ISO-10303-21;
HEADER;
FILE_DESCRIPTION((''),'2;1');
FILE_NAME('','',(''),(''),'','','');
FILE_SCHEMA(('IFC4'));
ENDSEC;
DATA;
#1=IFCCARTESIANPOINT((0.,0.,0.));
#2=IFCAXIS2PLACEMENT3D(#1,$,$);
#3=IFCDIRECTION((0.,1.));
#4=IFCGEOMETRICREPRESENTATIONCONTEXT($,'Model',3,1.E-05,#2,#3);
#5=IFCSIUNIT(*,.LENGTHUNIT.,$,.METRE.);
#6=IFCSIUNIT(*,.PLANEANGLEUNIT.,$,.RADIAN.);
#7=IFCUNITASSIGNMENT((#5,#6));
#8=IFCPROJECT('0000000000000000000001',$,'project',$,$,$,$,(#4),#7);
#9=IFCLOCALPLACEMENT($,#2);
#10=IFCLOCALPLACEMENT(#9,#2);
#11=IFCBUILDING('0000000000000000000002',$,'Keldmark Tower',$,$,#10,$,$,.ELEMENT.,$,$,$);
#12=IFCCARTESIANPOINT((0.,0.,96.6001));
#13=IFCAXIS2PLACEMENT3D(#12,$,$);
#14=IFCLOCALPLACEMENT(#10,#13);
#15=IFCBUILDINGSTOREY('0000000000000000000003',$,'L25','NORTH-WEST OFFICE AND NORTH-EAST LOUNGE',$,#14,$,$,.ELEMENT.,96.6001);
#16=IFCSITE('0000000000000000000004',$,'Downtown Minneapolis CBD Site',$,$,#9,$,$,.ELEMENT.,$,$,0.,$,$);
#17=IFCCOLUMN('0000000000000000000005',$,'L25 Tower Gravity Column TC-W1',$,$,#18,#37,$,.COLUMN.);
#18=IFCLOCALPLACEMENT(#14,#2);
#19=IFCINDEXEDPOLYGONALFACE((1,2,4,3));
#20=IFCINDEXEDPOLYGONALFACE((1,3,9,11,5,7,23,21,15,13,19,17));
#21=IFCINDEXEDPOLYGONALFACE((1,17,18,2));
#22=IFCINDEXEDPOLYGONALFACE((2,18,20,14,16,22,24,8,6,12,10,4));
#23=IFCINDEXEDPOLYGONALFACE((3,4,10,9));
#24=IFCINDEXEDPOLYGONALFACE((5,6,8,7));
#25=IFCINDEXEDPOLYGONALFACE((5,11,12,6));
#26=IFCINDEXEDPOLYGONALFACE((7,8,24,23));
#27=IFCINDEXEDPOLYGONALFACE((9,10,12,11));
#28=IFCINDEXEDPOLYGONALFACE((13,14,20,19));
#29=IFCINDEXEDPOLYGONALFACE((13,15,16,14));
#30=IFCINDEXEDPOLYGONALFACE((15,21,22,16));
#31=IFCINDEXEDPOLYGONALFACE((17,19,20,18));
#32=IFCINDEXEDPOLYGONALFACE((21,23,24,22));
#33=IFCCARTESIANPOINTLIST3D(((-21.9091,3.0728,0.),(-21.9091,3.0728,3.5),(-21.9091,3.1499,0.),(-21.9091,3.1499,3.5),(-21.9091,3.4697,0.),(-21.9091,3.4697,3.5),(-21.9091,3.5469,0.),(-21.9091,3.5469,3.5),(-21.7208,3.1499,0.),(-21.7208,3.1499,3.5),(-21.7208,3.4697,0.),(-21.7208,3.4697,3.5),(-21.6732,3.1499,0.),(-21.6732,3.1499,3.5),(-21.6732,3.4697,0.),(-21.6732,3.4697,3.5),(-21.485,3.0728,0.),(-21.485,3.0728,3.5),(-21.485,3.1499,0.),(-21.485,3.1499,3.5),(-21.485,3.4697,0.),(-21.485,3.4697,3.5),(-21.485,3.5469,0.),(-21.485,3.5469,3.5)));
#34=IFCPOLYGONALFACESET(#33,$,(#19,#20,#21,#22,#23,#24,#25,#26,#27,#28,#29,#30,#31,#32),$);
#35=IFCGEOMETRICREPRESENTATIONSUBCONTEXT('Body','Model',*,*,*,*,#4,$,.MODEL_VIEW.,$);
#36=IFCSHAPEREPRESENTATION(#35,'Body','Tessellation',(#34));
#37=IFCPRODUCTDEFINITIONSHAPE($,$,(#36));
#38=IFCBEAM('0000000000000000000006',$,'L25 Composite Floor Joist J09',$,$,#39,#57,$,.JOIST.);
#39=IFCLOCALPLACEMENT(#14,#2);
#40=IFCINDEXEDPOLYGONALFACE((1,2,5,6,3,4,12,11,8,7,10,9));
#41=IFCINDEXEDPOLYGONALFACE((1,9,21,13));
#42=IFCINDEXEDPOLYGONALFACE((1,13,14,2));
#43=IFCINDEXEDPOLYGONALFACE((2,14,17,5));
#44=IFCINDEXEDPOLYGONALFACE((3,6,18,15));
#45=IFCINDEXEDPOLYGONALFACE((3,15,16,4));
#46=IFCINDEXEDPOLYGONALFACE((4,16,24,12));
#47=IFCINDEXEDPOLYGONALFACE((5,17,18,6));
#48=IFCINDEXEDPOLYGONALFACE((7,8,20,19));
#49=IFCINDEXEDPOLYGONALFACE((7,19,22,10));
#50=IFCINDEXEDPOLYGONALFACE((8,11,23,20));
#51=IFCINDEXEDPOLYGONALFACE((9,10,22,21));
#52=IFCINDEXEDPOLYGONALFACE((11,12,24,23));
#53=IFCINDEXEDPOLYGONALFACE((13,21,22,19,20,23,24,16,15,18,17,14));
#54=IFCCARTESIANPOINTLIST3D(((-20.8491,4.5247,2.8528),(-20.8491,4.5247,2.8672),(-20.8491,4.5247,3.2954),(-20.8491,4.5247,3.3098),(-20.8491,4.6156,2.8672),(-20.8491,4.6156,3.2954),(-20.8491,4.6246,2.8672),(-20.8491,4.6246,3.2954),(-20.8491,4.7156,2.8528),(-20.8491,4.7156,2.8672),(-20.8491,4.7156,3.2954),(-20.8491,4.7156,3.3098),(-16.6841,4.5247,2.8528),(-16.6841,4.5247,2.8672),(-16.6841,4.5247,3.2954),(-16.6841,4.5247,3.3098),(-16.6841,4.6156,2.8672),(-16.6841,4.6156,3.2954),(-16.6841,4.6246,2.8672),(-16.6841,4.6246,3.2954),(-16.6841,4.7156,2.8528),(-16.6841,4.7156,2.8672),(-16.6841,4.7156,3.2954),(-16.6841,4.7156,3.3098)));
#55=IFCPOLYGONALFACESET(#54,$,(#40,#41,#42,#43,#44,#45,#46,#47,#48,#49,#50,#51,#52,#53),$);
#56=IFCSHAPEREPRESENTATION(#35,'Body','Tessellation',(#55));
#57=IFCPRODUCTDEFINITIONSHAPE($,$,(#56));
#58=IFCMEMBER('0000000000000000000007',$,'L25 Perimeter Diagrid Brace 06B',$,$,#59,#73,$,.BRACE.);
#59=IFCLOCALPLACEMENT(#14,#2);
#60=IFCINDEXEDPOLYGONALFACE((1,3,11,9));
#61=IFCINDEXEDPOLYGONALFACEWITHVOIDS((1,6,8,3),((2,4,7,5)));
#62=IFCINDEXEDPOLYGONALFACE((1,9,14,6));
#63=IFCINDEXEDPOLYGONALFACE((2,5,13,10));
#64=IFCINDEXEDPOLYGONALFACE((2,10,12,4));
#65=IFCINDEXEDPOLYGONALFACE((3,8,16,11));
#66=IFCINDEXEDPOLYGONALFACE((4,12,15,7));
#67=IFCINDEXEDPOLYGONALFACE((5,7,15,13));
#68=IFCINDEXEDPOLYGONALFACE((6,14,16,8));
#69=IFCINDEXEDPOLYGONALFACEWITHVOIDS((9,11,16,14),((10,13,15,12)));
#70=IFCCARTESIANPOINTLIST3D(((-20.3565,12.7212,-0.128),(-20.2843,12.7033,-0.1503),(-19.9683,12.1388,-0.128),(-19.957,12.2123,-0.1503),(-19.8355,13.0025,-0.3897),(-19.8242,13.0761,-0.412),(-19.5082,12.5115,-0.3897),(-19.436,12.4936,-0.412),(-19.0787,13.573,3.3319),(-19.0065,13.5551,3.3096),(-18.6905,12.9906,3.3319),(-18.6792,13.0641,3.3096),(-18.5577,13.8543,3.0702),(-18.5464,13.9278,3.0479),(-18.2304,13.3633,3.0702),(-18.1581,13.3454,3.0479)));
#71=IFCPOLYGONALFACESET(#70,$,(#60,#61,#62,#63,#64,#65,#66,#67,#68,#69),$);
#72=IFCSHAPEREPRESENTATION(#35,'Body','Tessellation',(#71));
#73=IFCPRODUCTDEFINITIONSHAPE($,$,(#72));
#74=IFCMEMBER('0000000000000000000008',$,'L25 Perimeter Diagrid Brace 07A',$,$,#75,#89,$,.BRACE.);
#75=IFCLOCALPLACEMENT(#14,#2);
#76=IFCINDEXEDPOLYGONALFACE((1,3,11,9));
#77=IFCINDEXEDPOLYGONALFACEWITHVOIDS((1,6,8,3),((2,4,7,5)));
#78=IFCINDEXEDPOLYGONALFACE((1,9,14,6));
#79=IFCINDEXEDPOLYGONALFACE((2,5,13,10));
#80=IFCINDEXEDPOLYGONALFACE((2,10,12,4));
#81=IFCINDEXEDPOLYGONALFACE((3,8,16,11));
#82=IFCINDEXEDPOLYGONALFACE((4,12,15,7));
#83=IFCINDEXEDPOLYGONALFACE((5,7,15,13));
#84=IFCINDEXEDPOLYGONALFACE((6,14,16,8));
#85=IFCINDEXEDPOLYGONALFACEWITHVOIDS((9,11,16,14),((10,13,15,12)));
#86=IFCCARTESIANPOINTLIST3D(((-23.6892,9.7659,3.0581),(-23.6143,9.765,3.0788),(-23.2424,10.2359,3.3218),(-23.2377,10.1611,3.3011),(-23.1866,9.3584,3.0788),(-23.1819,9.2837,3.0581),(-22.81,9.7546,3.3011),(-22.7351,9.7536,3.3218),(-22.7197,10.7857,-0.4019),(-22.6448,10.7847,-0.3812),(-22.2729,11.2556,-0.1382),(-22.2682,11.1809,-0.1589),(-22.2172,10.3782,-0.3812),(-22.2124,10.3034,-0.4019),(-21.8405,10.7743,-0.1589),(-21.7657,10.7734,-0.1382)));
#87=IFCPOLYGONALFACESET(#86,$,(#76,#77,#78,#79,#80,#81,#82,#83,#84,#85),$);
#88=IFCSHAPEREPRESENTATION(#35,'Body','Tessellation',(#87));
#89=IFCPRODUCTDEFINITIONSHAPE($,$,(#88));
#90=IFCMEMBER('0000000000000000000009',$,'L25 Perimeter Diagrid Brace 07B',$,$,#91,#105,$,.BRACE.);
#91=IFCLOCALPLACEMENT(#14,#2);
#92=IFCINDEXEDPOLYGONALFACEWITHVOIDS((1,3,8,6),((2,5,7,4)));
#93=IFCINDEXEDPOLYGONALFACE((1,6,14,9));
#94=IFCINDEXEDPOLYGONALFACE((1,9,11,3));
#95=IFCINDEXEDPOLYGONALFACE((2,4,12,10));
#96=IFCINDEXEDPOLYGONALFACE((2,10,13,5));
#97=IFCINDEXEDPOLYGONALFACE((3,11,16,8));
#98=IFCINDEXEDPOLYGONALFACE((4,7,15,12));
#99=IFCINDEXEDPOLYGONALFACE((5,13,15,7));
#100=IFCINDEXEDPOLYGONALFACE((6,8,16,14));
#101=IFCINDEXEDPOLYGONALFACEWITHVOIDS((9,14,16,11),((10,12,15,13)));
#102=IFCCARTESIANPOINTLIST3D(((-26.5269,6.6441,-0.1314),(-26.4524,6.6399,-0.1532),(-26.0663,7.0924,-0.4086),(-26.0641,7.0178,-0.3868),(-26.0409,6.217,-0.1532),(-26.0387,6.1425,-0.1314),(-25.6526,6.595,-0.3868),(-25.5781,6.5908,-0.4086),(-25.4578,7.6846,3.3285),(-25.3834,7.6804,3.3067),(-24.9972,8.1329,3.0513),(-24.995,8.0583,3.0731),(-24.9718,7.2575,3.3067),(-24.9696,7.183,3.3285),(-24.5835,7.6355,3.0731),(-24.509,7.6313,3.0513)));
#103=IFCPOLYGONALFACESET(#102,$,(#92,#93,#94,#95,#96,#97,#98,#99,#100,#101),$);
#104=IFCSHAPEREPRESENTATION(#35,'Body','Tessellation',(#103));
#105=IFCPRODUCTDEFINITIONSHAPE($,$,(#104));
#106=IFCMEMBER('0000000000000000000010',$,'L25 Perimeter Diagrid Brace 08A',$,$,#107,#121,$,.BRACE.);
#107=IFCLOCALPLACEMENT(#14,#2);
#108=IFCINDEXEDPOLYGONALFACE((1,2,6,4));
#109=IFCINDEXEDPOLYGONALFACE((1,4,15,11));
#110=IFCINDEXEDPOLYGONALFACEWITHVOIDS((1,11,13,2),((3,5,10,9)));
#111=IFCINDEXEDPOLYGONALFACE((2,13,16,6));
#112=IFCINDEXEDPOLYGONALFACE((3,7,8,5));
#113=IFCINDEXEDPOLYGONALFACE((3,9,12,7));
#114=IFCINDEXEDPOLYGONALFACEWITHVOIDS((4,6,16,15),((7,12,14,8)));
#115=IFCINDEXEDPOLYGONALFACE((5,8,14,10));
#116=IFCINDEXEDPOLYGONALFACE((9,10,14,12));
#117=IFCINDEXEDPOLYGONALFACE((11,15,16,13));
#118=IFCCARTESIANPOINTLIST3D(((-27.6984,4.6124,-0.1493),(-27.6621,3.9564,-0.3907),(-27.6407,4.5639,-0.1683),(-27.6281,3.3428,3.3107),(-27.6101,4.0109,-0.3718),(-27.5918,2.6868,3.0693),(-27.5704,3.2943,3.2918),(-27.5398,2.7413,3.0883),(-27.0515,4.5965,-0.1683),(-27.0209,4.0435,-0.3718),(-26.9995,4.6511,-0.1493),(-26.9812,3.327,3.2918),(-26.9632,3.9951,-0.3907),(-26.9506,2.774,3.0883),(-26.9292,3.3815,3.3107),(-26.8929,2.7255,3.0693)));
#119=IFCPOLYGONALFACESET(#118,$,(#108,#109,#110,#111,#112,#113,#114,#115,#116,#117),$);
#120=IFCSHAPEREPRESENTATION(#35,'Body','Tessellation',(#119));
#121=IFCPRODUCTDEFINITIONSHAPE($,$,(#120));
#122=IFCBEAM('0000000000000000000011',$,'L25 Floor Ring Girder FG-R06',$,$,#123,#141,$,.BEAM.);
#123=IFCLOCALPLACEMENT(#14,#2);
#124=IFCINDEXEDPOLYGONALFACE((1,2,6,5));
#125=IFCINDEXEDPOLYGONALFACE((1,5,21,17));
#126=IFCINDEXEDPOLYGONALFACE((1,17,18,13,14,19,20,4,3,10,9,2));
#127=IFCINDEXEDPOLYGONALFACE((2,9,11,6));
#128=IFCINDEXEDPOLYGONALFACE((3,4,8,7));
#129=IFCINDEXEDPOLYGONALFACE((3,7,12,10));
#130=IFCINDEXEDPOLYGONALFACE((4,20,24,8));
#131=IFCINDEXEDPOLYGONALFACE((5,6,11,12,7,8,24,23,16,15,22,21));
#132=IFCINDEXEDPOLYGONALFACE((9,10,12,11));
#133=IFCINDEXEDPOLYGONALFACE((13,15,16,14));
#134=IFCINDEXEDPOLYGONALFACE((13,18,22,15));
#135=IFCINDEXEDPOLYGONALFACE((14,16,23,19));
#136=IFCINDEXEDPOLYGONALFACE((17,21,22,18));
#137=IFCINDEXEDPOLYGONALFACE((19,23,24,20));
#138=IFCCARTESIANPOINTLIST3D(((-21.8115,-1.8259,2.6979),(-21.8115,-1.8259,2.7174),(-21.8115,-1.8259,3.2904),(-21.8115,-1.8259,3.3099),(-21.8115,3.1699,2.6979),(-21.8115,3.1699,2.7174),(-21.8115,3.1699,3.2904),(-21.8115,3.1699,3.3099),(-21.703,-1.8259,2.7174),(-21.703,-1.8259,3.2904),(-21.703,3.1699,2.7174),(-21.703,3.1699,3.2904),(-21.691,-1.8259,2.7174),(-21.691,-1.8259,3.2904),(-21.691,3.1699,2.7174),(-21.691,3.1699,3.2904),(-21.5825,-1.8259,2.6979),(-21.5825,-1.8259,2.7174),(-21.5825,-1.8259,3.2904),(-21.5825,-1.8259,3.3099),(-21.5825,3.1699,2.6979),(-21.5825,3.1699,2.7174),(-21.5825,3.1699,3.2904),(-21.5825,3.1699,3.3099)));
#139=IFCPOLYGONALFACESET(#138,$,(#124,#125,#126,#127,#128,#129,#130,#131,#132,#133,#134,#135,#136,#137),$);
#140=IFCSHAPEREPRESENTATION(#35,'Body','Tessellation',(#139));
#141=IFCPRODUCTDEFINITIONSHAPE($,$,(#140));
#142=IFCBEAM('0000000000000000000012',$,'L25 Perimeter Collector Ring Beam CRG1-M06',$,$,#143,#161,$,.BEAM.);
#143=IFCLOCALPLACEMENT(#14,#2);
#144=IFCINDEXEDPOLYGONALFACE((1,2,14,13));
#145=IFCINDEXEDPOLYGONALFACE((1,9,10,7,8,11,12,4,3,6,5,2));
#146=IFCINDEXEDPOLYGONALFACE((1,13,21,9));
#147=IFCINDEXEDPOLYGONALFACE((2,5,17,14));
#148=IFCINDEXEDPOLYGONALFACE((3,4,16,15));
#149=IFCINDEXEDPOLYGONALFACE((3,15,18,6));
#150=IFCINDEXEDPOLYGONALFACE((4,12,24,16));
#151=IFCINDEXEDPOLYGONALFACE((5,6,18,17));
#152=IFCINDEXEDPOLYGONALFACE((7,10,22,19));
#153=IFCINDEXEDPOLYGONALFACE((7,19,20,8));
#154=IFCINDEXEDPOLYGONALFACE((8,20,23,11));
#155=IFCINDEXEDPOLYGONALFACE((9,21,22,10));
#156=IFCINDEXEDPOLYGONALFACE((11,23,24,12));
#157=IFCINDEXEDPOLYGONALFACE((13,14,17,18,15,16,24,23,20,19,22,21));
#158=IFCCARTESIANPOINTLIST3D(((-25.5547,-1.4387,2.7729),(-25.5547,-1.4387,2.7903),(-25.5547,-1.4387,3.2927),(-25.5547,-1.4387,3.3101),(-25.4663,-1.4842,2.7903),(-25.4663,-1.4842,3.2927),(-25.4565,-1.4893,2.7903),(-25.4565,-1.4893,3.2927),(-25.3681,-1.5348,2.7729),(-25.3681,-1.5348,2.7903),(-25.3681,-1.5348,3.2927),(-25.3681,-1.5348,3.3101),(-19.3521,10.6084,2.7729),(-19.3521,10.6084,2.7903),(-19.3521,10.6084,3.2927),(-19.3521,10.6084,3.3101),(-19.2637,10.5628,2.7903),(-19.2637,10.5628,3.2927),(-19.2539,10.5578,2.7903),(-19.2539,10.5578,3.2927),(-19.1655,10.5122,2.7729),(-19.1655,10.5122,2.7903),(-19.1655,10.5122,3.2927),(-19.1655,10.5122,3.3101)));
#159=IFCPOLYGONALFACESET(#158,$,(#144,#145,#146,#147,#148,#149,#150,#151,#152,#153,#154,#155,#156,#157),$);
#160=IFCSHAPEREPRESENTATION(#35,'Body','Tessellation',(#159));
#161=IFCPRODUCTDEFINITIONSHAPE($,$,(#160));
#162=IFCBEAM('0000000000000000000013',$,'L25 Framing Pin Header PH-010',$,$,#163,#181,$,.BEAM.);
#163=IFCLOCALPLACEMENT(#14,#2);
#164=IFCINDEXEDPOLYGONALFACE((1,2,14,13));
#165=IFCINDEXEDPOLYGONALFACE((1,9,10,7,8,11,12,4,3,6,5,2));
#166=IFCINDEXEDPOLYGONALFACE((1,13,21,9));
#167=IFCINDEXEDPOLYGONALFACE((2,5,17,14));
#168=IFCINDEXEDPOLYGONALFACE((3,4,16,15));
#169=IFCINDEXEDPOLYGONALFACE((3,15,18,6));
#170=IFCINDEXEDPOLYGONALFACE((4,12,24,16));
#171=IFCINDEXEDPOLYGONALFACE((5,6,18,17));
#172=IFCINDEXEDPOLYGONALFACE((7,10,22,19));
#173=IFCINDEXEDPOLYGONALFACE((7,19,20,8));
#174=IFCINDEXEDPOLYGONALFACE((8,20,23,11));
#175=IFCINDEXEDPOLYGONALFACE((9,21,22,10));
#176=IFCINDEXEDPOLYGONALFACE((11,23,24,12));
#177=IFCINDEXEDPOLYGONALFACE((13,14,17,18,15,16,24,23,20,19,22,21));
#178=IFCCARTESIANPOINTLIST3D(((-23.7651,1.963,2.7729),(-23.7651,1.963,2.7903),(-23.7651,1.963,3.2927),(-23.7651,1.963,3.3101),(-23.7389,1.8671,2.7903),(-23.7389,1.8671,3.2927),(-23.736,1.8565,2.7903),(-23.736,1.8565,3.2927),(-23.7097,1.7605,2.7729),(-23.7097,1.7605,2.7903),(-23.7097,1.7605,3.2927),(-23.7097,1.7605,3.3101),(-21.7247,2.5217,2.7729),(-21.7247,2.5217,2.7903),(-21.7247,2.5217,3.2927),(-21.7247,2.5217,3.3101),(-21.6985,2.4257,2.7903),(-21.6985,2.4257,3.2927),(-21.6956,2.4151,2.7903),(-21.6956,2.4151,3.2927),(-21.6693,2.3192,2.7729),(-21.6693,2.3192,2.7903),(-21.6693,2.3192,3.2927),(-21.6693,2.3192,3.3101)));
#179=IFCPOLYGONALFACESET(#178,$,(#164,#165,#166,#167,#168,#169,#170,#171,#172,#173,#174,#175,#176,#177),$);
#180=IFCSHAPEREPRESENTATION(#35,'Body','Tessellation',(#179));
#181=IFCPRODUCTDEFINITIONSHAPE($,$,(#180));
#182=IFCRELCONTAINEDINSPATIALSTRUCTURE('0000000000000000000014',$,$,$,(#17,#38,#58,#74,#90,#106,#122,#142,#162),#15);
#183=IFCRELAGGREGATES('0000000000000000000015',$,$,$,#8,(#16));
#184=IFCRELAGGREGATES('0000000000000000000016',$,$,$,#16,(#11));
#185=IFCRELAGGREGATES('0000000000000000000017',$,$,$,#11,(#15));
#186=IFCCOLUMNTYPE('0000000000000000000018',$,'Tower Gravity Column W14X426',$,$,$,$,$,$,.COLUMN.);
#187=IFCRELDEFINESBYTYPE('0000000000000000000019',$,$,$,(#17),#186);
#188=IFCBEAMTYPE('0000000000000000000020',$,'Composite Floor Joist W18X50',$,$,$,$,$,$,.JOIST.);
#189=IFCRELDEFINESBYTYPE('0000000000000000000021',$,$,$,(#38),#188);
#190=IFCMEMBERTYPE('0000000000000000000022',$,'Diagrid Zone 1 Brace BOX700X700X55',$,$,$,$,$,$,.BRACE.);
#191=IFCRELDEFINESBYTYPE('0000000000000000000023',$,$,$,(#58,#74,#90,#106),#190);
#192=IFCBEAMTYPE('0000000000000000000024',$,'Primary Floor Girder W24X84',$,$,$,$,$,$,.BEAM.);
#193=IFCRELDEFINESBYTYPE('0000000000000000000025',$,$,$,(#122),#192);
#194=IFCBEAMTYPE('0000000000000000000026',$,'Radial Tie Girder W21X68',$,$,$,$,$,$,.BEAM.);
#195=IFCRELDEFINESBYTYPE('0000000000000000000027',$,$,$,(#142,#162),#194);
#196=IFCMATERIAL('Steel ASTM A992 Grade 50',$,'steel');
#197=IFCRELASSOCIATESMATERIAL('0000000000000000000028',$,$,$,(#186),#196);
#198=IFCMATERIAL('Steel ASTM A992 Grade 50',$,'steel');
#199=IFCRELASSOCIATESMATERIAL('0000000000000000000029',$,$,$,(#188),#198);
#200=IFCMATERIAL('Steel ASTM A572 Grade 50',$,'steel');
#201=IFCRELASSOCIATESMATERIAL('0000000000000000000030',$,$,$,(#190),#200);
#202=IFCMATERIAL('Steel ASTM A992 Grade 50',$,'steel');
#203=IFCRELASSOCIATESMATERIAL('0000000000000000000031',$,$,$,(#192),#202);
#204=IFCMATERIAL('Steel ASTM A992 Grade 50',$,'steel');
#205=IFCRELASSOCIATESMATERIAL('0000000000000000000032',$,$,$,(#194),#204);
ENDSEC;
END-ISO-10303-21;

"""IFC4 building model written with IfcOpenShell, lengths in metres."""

from ifc_helpers import new_model, si_unit, direction, frame, origin, origin_2d, place, context, subcontext, project, spatial, hollow_rectangle, i_section, extrude, material, material_profile, profile_set, type_object, element, save


model = new_model("IFC4")

# Units and contexts
model_context = context("Model", 3, precision=1e-05, world=origin(), true_north=direction((0.0, 1.0)))
body_context = subcontext(model_context, "Body", "Model", "MODEL_VIEW")
ifc_project = project(units=[si_unit("LENGTHUNIT", "METRE"), si_unit("PLANEANGLEUNIT", "RADIAN")], contexts=[model_context])

# Site, building, storey
site_placement = place(None, origin())
site = spatial("IfcSite", under=ifc_project, at=site_placement, Name="Downtown Minneapolis CBD Site", CompositionType="ELEMENT", RefElevation=0.0)
building_placement = place(site_placement, origin())
building = spatial("IfcBuilding", under=site, at=building_placement, Name="Keldmark Tower", CompositionType="ELEMENT")
storey_placement = place(building_placement, frame((0.0, 0.0, 96.6001)))
storey = spatial("IfcBuildingStorey", under=building, at=storey_placement, Name="L25", Description="NORTH-WEST OFFICE AND NORTH-EAST LOUNGE", CompositionType="ELEMENT", Elevation=96.6001)

# Column
ifc_material_1 = material(Name="Steel ASTM A992 Grade 50", Category="steel")
ifc_material_profile_1 = material_profile(ifc_material_1, i_section(OverallWidth=0.4241, OverallDepth=0.4741, WebThickness=0.0476, FlangeThickness=0.0771, at=origin_2d()), Name="W14X426")
ifc_profile_set_1 = profile_set([ifc_material_profile_1], Name="Steel ASTM A992 Grade 50")
column_type = type_object("IfcColumnType", Name="Tower Gravity Column W14X426", PredefinedType="COLUMN", material=ifc_profile_set_1)
column_placement = place(storey_placement, frame((-21.697, 3.3098, 0.0), z_axis=(0.0, 0.0, 1.0), x_axis=(1.0, 0.0, 0.0)))
element("IfcColumn", 1, at=column_placement, inside=storey, type_object=column_type, Name="L25 Tower Gravity Column TC-W1", PredefinedType="COLUMN", context=body_context, shape_type="SweptSolid", body=[
    extrude(i_section(OverallWidth=0.4241, OverallDepth=0.4741, WebThickness=0.0476, FlangeThickness=0.0771, at=origin_2d()), origin(), (0.0, 0.0, 1.0), 3.5),
])

# Beam
ifc_material_2 = material(Name="Steel ASTM A992 Grade 50", Category="steel")
ifc_material_profile_2 = material_profile(ifc_material_2, i_section(OverallWidth=0.1909, OverallDepth=0.457, WebThickness=0.009, FlangeThickness=0.0144, at=origin_2d()), Name="W18X50")
ifc_profile_set_2 = profile_set([ifc_material_profile_2], Name="Steel ASTM A992 Grade 50")
beam_type_1 = type_object("IfcBeamType", Name="Composite Floor Joist W18X50", PredefinedType="JOIST", material=ifc_profile_set_2)
beam_1_placement = place(storey_placement, frame((-20.8491, 4.6201, 3.0813), z_axis=(1.0, 0.0, 0.0), x_axis=(0.0, 1.0, 0.0)))
element("IfcBeam", 2, at=beam_1_placement, inside=storey, type_object=beam_type_1, Name="L25 Composite Floor Joist J09", PredefinedType="JOIST", context=body_context, shape_type="SweptSolid", body=[
    extrude(i_section(OverallWidth=0.1909, OverallDepth=0.457, WebThickness=0.009, FlangeThickness=0.0144, at=origin_2d()), origin(), (0.0, 0.0, 1.0), 4.165),
])

# Members
ifc_material_3 = material(Name="Steel ASTM A572 Grade 50", Category="steel")
ifc_material_profile_3 = material_profile(ifc_material_3, hollow_rectangle(XDim=0.7, YDim=0.7, WallThickness=0.0549, at=origin_2d()), Name="BOX700X700X55")
ifc_profile_set_3 = profile_set([ifc_material_profile_3], Name="Steel ASTM A572 Grade 50")
member_type = type_object("IfcMemberType", Name="Diagrid Zone 1 Brace BOX700X700X55", PredefinedType="BRACE", material=ifc_profile_set_3)
member_1_placement = place(storey_placement, frame((-19.8962, 12.6074, -0.27), z_axis=(0.337563, 0.22502, 0.914012), x_axis=(-0.554664, 0.832075, 0.0)))
element("IfcMember", 3, at=member_1_placement, inside=storey, type_object=member_type, Name="L25 Perimeter Diagrid Brace 06B", PredefinedType="BRACE", context=body_context, shape_type="SweptSolid", body=[
    extrude(hollow_rectangle(XDim=0.7, YDim=0.7, WallThickness=0.0549, at=origin_2d()), origin(), (0.0, 0.0, 1.0), 3.7854),
])
member_2_placement = place(storey_placement, frame((-22.2427, 10.7795, -0.27), z_axis=(-0.259558, -0.273023, 0.92633), x_axis=(0.724752, -0.689009, 0.0)))
element("IfcMember", 4, at=member_2_placement, inside=storey, type_object=member_type, Name="L25 Perimeter Diagrid Brace 07A", PredefinedType="BRACE", context=body_context, shape_type="SweptSolid", body=[
    extrude(hollow_rectangle(XDim=0.7, YDim=0.7, WallThickness=0.0549, at=origin_2d()), origin(), (0.0, 0.0, 1.0), 3.7351),
])
member_3_placement = place(storey_placement, frame((-26.0525, 6.6174, -0.27), z_axis=(0.283738, 0.276157, 0.918276), x_axis=(-0.697469, 0.716615, 0.0)))
element("IfcMember", 5, at=member_3_placement, inside=storey, type_object=member_type, Name="L25 Perimeter Diagrid Brace 07B", PredefinedType="BRACE", context=body_context, shape_type="SweptSolid", body=[
    extrude(hollow_rectangle(XDim=0.7, YDim=0.7, WallThickness=0.0549, at=origin_2d()), origin(), (0.0, 0.0, 1.0), 3.7678),
])
member_4_placement = place(storey_placement, frame((-27.3308, 4.3037, -0.27), z_axis=(0.019075, -0.344402, 0.938628), x_axis=(0.99847, 0.0553, 0.0)))
element("IfcMember", 6, at=member_4_placement, inside=storey, type_object=member_type, Name="L25 Perimeter Diagrid Brace 08A", PredefinedType="BRACE", context=body_context, shape_type="SweptSolid", body=[
    extrude(hollow_rectangle(XDim=0.7, YDim=0.7, WallThickness=0.0549, at=origin_2d()), origin(), (0.0, 0.0, 1.0), 3.6863),
])

# Beams
ifc_material_4 = material(Name="Steel ASTM A992 Grade 50", Category="steel")
ifc_material_profile_4 = material_profile(ifc_material_4, i_section(OverallWidth=0.229, OverallDepth=0.6121, WebThickness=0.012, FlangeThickness=0.0195, at=origin_2d()), Name="W24X84")
ifc_profile_set_4 = profile_set([ifc_material_profile_4], Name="Steel ASTM A992 Grade 50")
beam_type_2 = type_object("IfcBeamType", Name="Primary Floor Girder W24X84", PredefinedType="BEAM", material=ifc_profile_set_4)
beam_2_placement = place(storey_placement, frame((-21.697, 3.1699, 3.0039), z_axis=(0.0, -1.0, 0.0), x_axis=(1.0, 0.0, 0.0)))
element("IfcBeam", 7, at=beam_2_placement, inside=storey, type_object=beam_type_2, Name="L25 Floor Ring Girder FG-R06", PredefinedType="BEAM", context=body_context, shape_type="SweptSolid", body=[
    extrude(i_section(OverallWidth=0.229, OverallDepth=0.6121, WebThickness=0.012, FlangeThickness=0.0195, at=origin_2d()), origin(), (0.0, 0.0, 1.0), 4.9958),
])
ifc_material_5 = material(Name="Steel ASTM A992 Grade 50", Category="steel")
ifc_material_profile_5 = material_profile(ifc_material_5, i_section(OverallWidth=0.21, OverallDepth=0.5371, WebThickness=0.011, FlangeThickness=0.0173, at=origin_2d()), Name="W21X68")
ifc_profile_set_5 = profile_set([ifc_material_profile_5], Name="Steel ASTM A992 Grade 50")
beam_type_3 = type_object("IfcBeamType", Name="Radial Tie Girder W21X68", PredefinedType="BEAM", material=ifc_profile_set_5)
beam_3_placement = place(storey_placement, frame((-19.2588, 10.5603, 3.0415), z_axis=(-0.457755, -0.889078, 0.0), x_axis=(0.889078, -0.457755, 0.0)))
element("IfcBeam", 8, at=beam_3_placement, inside=storey, type_object=beam_type_3, Name="L25 Perimeter Collector Ring Beam CRG1-M06", PredefinedType="BEAM", context=body_context, shape_type="SweptSolid", body=[
    extrude(i_section(OverallWidth=0.21, OverallDepth=0.5371, WebThickness=0.011, FlangeThickness=0.0173, at=origin_2d()), origin(), (0.0, 0.0, 1.0), 13.55),
])
beam_4_placement = place(storey_placement, frame((-21.697, 2.4204, 3.0415), z_axis=(-0.964505, -0.264065, 0.0), x_axis=(0.264065, -0.964505, 0.0)))
element("IfcBeam", 9, at=beam_4_placement, inside=storey, type_object=beam_type_3, Name="L25 Framing Pin Header PH-010", PredefinedType="BEAM", context=body_context, shape_type="SweptSolid", body=[
    extrude(i_section(OverallWidth=0.21, OverallDepth=0.5371, WebThickness=0.011, FlangeThickness=0.0173, at=origin_2d()), origin(), (0.0, 0.0, 1.0), 2.1155),
])

save(model, "model.ifc")
